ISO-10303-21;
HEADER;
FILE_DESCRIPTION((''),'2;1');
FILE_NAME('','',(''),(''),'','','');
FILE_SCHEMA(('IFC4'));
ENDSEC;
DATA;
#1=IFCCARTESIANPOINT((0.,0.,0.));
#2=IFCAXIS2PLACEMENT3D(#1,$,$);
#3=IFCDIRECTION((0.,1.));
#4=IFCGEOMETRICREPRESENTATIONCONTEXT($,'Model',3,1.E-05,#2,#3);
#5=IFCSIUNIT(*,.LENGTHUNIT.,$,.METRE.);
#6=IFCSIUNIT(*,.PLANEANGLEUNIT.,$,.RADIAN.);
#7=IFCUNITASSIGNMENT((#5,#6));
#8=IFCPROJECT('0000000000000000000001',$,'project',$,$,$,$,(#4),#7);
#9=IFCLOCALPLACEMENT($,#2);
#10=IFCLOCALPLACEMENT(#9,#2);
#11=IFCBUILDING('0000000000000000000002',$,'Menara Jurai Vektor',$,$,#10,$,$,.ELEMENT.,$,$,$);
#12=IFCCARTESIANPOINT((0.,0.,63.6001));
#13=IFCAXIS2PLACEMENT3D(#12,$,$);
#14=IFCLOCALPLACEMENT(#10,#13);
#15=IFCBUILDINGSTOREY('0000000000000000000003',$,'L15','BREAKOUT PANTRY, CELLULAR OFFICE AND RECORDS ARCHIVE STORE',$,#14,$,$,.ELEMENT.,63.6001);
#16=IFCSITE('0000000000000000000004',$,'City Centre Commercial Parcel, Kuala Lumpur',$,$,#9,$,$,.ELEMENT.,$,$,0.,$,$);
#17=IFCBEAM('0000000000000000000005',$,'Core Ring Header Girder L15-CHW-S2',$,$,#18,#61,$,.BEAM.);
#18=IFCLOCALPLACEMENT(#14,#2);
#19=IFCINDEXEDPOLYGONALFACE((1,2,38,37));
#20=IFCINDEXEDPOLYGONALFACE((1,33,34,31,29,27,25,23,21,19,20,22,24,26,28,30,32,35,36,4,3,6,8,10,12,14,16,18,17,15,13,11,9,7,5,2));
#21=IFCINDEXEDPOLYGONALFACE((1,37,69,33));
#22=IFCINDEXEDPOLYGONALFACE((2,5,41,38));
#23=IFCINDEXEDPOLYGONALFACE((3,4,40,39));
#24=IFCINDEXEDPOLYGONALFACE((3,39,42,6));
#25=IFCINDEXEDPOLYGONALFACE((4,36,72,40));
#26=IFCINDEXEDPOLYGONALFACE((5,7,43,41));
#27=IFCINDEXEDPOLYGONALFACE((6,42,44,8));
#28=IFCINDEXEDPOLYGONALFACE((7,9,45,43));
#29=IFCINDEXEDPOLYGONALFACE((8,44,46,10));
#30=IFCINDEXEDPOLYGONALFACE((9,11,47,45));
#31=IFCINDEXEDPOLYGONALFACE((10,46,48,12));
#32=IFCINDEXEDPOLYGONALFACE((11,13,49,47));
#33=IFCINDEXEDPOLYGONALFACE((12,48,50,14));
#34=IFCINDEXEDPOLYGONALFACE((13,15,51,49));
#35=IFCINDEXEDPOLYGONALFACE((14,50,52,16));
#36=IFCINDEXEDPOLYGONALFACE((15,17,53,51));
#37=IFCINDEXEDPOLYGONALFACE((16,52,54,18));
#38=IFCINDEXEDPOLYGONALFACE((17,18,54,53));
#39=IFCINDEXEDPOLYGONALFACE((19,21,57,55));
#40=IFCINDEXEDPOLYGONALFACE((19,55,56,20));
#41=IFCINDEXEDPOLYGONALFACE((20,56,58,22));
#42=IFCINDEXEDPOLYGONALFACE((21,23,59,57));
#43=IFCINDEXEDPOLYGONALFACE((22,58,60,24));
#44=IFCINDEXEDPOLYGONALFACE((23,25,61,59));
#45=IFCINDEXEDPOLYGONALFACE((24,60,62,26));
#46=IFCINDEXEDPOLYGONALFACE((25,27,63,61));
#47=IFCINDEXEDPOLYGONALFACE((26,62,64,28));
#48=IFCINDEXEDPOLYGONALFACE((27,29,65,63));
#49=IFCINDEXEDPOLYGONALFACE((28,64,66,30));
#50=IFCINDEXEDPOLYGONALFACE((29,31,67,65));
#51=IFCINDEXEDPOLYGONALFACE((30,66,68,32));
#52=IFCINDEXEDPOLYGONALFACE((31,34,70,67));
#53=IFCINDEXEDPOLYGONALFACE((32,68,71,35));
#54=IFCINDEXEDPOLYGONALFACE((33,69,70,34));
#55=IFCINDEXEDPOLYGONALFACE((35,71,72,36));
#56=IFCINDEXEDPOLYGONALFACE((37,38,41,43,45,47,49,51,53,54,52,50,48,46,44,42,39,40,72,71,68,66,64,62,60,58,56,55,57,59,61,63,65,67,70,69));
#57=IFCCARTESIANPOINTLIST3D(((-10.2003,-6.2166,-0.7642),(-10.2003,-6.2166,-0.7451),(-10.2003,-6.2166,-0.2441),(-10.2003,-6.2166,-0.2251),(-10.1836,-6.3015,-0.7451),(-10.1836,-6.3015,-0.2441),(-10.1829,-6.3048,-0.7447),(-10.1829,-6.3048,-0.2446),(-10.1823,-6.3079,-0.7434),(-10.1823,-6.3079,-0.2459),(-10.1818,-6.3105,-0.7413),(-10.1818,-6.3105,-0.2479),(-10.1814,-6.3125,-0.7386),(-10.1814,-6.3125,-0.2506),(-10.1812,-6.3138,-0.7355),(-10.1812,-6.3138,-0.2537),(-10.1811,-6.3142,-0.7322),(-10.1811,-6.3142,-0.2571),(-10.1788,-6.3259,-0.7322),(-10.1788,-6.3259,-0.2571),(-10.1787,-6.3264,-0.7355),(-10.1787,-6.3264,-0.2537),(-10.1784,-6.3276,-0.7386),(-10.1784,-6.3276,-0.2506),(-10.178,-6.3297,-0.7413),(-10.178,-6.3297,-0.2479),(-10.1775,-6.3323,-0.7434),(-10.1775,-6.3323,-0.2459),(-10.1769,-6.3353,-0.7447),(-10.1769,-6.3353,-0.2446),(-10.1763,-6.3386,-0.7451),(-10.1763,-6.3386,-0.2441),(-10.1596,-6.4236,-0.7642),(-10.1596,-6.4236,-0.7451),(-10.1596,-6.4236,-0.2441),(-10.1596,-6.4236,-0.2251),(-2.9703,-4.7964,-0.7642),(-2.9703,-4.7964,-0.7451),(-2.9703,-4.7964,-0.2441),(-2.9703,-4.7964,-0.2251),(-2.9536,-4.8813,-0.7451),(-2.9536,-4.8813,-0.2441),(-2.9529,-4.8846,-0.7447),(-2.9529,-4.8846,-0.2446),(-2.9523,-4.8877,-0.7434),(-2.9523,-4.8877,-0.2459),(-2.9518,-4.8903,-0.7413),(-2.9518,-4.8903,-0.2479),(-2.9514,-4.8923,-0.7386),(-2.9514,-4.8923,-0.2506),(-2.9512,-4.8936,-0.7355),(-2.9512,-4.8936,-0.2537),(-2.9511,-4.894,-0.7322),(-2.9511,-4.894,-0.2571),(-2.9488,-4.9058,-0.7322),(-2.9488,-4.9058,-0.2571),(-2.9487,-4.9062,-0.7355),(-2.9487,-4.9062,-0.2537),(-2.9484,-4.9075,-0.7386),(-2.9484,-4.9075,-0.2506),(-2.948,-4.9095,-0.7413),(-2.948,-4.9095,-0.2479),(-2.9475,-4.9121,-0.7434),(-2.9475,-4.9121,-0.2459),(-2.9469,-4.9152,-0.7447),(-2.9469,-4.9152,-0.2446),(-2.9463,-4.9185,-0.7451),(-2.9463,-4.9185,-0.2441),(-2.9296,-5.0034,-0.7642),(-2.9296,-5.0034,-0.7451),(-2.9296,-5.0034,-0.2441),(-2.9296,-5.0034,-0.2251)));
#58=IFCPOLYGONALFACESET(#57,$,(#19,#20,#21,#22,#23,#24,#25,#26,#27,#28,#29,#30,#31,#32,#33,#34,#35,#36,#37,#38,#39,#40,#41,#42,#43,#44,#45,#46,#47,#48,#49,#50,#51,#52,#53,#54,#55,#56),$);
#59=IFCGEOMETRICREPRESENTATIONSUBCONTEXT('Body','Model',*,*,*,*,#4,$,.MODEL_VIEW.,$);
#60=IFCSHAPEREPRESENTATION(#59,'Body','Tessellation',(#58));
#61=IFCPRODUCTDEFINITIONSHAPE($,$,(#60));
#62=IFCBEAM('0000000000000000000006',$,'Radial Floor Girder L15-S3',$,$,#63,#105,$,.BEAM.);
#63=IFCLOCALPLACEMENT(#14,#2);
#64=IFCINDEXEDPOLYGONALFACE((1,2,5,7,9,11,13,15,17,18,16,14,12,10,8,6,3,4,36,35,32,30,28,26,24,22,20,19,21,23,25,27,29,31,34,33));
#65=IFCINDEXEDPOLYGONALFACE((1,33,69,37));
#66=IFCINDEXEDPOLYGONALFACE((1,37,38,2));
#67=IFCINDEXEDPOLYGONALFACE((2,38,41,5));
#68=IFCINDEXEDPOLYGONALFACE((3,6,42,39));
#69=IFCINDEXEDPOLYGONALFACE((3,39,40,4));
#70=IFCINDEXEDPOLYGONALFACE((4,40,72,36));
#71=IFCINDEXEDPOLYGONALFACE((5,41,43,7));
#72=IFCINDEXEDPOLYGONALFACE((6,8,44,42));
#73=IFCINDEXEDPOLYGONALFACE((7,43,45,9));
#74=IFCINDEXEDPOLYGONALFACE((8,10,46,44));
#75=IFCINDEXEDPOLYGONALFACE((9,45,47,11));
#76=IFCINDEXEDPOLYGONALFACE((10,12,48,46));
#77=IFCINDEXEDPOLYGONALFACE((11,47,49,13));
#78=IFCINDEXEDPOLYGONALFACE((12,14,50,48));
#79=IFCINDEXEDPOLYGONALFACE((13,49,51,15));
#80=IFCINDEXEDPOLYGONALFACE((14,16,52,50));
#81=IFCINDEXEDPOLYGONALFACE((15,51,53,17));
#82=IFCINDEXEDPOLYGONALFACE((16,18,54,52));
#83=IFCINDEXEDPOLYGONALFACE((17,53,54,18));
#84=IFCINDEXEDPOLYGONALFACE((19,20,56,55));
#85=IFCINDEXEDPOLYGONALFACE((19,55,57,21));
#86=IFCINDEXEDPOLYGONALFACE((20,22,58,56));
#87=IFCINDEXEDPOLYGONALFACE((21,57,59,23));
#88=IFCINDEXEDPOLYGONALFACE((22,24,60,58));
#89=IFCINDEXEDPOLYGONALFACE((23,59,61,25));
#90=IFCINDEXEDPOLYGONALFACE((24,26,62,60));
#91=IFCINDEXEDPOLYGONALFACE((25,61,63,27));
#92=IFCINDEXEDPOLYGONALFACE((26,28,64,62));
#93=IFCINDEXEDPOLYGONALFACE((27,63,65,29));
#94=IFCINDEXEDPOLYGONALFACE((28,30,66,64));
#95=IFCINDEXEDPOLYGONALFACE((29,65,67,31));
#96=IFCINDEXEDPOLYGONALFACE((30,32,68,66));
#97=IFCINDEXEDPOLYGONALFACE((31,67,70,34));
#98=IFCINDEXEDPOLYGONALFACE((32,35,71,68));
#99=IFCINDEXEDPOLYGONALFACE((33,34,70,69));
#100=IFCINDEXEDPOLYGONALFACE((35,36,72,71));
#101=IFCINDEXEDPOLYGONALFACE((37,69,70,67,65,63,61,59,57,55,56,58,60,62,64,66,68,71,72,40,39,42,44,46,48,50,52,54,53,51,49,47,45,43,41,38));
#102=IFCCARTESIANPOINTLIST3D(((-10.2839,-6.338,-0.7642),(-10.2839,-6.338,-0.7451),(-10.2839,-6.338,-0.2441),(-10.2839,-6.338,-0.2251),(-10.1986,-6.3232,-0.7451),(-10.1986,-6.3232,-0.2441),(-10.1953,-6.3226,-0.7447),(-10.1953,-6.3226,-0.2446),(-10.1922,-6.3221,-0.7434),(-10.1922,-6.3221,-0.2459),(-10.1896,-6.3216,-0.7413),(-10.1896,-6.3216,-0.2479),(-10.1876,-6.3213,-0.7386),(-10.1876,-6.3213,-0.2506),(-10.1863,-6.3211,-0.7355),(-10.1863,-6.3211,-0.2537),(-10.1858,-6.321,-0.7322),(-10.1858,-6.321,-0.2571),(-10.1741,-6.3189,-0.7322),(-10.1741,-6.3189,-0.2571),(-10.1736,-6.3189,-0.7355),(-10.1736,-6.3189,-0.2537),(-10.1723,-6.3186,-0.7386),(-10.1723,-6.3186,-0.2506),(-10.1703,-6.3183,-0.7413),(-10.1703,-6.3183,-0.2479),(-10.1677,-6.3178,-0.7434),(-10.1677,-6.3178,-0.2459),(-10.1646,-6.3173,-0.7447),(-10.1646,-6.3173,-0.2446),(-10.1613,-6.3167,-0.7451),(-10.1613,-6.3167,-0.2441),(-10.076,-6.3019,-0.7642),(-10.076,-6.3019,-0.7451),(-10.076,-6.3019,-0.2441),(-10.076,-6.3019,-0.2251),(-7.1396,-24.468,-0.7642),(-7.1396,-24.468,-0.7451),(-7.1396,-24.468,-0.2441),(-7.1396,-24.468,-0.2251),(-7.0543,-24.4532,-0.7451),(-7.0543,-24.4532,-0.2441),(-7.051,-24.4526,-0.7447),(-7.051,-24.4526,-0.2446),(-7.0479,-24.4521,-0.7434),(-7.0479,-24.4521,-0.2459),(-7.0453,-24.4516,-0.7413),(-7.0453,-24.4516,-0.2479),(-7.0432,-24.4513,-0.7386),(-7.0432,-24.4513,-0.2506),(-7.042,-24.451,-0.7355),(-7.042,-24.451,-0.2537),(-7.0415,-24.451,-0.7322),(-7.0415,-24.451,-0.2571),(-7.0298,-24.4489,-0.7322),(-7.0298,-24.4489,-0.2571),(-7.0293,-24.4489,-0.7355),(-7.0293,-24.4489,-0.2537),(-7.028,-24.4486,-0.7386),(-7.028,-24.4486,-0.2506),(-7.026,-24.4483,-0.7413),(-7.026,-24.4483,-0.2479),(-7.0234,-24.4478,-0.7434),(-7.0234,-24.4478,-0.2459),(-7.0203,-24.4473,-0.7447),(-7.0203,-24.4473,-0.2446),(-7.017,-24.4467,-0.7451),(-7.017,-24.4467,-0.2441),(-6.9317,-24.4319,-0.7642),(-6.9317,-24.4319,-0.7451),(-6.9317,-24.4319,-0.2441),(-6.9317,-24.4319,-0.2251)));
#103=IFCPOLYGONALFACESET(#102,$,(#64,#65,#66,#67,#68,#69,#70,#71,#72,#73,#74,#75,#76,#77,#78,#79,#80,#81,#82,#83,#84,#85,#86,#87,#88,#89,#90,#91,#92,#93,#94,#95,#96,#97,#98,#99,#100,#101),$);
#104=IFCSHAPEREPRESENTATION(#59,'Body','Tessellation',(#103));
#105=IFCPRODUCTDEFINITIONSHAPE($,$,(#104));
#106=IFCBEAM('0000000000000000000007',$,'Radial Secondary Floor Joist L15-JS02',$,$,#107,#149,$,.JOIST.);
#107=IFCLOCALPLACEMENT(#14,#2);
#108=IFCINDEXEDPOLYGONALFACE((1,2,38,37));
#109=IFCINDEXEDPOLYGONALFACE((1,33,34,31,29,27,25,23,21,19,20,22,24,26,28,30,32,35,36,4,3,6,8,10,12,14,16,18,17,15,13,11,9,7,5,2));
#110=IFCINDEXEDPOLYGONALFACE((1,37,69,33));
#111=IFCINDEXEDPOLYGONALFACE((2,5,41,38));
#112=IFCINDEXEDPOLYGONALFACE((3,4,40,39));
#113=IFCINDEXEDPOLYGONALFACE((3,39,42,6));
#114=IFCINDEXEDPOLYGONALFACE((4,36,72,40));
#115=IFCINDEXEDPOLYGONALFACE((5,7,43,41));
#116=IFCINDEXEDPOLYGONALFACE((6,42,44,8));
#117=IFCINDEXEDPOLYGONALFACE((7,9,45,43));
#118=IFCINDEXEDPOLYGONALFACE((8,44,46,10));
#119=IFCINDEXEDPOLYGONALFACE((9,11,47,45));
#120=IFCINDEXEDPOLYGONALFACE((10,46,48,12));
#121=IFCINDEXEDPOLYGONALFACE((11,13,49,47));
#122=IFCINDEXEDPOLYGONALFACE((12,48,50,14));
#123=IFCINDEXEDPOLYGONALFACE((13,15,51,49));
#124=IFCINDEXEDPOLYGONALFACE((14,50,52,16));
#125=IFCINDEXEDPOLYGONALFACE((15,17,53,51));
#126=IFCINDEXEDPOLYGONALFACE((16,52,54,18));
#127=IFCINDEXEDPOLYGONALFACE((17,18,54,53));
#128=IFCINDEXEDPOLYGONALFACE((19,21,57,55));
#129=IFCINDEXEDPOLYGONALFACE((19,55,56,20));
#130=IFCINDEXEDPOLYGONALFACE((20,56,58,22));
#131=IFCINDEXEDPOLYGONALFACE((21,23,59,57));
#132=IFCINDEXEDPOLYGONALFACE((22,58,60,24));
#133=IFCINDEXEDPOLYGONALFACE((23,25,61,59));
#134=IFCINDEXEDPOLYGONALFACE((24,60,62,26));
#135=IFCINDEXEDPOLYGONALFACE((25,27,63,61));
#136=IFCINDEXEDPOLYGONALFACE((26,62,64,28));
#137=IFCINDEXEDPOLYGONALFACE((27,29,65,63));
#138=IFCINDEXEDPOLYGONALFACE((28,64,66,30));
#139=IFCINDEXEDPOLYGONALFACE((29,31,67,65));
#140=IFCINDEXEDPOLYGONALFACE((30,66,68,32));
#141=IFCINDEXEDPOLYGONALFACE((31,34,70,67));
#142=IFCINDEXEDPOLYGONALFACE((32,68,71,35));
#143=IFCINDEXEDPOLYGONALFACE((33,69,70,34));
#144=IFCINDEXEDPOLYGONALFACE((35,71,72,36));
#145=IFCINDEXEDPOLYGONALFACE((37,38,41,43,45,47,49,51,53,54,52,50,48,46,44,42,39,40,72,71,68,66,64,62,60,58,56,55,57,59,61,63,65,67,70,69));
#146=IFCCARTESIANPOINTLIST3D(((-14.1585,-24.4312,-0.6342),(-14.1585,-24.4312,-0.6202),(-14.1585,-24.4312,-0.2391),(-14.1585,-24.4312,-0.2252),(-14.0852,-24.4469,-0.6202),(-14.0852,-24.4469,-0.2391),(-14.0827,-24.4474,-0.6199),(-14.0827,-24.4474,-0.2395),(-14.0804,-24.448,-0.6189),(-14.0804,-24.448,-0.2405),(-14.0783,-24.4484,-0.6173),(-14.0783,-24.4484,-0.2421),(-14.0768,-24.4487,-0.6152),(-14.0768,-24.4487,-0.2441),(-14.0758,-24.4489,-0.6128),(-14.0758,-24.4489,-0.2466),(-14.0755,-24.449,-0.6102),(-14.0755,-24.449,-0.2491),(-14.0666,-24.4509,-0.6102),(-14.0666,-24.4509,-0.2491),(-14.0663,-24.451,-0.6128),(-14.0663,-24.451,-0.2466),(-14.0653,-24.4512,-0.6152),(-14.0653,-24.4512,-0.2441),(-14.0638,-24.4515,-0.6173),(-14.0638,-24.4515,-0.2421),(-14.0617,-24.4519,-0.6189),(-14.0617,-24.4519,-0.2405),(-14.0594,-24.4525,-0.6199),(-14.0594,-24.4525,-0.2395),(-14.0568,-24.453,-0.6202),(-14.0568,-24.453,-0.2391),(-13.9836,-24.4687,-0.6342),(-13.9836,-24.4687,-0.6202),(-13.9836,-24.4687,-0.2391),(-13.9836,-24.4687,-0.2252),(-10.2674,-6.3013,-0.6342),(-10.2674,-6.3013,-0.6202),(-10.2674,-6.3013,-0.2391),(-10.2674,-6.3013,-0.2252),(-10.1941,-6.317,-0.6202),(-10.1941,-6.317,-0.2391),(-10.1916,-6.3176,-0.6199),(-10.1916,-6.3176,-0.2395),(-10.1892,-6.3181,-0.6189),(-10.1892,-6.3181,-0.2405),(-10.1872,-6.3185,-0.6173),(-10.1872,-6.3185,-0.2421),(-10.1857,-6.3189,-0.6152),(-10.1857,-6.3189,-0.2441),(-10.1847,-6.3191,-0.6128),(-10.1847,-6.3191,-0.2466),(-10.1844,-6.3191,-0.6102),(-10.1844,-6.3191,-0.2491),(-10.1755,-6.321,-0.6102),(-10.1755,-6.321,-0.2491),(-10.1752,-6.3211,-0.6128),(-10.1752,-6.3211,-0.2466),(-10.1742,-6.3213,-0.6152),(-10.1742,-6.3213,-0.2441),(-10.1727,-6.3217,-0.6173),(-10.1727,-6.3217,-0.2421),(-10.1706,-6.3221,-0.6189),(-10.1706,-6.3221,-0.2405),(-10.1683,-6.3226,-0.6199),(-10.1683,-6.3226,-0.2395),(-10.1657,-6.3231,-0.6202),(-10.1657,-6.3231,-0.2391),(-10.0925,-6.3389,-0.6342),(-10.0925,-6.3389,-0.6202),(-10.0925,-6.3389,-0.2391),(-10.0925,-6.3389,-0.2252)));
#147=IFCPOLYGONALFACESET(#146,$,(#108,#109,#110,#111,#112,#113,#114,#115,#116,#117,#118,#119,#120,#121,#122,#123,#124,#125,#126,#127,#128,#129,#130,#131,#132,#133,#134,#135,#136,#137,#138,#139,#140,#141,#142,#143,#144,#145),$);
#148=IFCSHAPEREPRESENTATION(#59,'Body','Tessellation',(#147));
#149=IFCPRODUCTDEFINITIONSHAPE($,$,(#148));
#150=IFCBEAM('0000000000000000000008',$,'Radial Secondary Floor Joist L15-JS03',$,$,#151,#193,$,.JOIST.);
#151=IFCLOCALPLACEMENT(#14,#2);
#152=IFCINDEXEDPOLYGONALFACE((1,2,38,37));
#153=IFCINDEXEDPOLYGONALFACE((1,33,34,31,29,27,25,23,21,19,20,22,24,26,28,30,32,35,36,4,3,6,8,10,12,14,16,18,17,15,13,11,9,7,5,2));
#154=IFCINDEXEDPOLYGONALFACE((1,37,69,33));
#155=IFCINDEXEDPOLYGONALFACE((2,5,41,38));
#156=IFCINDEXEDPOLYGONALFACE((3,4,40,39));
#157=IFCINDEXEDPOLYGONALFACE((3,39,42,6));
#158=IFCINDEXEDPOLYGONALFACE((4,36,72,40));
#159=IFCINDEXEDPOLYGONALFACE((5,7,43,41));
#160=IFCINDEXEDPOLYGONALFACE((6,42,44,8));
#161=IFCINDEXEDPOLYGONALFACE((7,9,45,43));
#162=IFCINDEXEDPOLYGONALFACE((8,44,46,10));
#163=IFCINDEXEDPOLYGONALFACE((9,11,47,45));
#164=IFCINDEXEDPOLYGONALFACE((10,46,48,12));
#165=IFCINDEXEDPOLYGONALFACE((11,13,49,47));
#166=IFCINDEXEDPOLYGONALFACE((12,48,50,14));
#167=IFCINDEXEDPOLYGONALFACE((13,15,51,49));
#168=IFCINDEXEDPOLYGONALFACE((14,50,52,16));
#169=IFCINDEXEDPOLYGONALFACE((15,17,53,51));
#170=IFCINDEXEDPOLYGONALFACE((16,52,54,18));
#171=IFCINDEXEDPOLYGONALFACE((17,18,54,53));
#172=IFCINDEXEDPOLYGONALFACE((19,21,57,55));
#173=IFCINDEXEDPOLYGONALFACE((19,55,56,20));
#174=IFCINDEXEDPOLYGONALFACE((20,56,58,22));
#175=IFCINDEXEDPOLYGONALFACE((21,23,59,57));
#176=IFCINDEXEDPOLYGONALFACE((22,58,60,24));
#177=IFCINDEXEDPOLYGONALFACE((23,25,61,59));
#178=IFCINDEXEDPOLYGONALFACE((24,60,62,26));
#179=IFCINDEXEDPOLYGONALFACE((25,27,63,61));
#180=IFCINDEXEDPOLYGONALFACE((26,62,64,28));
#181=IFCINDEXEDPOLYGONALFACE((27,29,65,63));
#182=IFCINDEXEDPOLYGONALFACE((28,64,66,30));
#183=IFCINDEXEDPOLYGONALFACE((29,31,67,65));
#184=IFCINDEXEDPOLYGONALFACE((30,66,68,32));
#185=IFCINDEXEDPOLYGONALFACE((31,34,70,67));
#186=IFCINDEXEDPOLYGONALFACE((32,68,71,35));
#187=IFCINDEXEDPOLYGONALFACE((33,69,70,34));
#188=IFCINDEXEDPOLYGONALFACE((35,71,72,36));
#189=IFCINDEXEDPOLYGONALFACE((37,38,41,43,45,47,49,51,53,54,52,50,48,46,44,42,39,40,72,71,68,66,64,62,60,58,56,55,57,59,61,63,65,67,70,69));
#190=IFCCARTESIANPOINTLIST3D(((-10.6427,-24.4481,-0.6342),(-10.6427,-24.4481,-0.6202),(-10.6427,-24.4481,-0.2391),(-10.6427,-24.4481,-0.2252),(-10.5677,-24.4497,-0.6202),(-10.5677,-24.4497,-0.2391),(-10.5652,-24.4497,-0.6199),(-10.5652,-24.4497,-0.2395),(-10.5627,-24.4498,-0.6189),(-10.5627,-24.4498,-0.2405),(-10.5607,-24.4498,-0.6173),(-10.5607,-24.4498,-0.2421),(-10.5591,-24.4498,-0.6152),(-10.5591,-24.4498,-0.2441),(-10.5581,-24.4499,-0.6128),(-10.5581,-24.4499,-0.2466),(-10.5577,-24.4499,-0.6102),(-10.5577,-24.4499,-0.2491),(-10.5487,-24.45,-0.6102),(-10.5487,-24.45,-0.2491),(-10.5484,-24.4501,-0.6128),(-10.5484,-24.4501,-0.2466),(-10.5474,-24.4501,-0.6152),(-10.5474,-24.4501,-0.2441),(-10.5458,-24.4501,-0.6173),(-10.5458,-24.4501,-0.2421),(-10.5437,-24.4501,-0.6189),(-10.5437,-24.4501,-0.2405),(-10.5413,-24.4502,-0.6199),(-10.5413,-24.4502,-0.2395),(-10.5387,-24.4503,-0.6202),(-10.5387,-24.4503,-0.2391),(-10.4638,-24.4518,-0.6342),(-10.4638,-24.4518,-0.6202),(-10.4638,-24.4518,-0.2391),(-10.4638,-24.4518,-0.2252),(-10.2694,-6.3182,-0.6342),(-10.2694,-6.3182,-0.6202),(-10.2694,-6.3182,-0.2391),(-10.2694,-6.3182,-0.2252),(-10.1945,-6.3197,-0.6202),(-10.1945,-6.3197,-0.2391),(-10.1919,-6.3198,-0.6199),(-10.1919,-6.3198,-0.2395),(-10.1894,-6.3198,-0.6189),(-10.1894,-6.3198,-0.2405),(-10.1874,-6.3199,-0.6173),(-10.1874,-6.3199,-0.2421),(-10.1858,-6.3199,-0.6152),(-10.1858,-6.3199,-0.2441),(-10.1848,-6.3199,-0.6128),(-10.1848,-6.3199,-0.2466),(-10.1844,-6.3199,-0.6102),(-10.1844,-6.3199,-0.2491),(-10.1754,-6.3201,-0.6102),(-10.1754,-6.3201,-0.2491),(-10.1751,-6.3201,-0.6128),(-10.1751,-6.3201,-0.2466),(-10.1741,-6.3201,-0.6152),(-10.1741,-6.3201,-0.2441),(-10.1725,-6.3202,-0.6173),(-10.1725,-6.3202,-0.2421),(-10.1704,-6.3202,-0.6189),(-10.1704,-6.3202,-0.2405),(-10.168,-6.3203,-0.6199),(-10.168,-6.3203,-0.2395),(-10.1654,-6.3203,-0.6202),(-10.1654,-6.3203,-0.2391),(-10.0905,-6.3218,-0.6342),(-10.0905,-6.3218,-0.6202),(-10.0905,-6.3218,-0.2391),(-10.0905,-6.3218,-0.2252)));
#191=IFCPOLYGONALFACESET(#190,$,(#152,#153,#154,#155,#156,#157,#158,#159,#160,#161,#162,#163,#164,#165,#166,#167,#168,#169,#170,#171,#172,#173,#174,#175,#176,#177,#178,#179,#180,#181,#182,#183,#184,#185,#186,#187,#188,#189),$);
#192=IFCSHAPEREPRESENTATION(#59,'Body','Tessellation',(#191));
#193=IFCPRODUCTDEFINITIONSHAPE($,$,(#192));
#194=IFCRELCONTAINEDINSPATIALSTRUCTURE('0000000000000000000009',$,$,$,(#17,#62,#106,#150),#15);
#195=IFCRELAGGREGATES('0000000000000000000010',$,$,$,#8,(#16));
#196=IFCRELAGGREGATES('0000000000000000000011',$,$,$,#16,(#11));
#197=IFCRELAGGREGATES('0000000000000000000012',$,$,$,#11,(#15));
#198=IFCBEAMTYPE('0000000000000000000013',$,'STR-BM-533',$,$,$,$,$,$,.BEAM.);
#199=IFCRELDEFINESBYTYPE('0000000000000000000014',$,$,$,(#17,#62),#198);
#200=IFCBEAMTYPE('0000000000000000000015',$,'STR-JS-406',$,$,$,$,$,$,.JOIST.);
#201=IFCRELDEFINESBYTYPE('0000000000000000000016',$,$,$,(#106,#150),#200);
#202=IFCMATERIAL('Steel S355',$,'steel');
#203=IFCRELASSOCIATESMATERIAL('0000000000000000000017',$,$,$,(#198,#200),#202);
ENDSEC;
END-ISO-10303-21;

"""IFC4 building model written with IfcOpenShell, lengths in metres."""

from ifc_helpers import new_model, si_unit, direction, frame, origin, origin_2d, place, context, subcontext, project, spatial, i_section, extrude, material, material_profile, profile_set, type_object, element, save


model = new_model("IFC4")

# Units and contexts
model_context = context("Model", 3, precision=1e-05, world=origin(), true_north=direction((0.0, 1.0)))
body_context = subcontext(model_context, "Body", "Model", "MODEL_VIEW")
ifc_project = project(units=[si_unit("LENGTHUNIT", "METRE"), si_unit("PLANEANGLEUNIT", "RADIAN")], contexts=[model_context])

# Site, building, storey
site_placement = place(None, origin())
site = spatial("IfcSite", under=ifc_project, at=site_placement, Name="City Centre Commercial Parcel, Kuala Lumpur", CompositionType="ELEMENT", RefElevation=0.0)
building_placement = place(site_placement, origin())
building = spatial("IfcBuilding", under=site, at=building_placement, Name="Menara Jurai Vektor", CompositionType="ELEMENT")
storey_placement = place(building_placement, frame((0.0, 0.0, 63.6001)))
storey = spatial("IfcBuildingStorey", under=building, at=storey_placement, Name="L15", Description="BREAKOUT PANTRY, CELLULAR OFFICE AND RECORDS ARCHIVE STORE", CompositionType="ELEMENT", Elevation=63.6001)

# Beams
ifc_material_1 = material(Name="Steel S355", Category="steel")
ifc_material_profile_1 = material_profile(ifc_material_1, i_section(OverallWidth=0.2109, OverallDepth=0.5391, WebThickness=0.012, FlangeThickness=0.019, FilletRadius=0.0129, at=origin_2d()), Name="UKB 533x210x109")
ifc_profile_set_1 = profile_set([ifc_material_profile_1], Name="Steel S355")
beam_type_1 = type_object("IfcBeamType", Name="STR-BM-533", PredefinedType="BEAM", material=ifc_profile_set_1)
beam_1_placement = place(storey_placement, frame((-10.1799, -6.3201, -0.4946), z_axis=(0.981249, 0.192744, 0.0), x_axis=(-0.192744, 0.981249, 0.0)))
element("IfcBeam", 1, at=beam_1_placement, inside=storey, type_object=beam_type_1, Name="Core Ring Header Girder L15-CHW-S2", PredefinedType="BEAM", context=body_context, shape_type="SweptSolid", body=[
    extrude(i_section(OverallWidth=0.2109, OverallDepth=0.5391, WebThickness=0.012, FlangeThickness=0.019, FilletRadius=0.0129, at=origin_2d()), origin(), (0.0, 0.0, 1.0), 7.3682),
])
beam_2_placement = place(storey_placement, frame((-7.0356, -24.45, -0.4946), z_axis=(-0.17088, 0.985292, 0.0), x_axis=(-0.985292, -0.17088, 0.0)))
element("IfcBeam", 2, at=beam_2_placement, inside=storey, type_object=beam_type_1, Name="Radial Floor Girder L15-S3", PredefinedType="BEAM", context=body_context, shape_type="SweptSolid", body=[
    extrude(i_section(OverallWidth=0.2109, OverallDepth=0.5391, WebThickness=0.012, FlangeThickness=0.019, FilletRadius=0.0129, at=origin_2d()), origin(), (0.0, 0.0, 1.0), 18.4006),
])
ifc_material_profile_2 = material_profile(ifc_material_1, i_section(OverallWidth=0.179, OverallDepth=0.4089, WebThickness=0.009, FlangeThickness=0.0139, FilletRadius=0.01, at=origin_2d()), Name="UKB 406x178x67")
ifc_profile_set_2 = profile_set([ifc_material_profile_2], Name="Steel S355")
beam_type_2 = type_object("IfcBeamType", Name="STR-JS-406", PredefinedType="JOIST", material=ifc_profile_set_2)
beam_3_placement = place(storey_placement, frame((-14.071, -24.45, -0.4297), z_axis=(0.209846, 0.977735, 0.0), x_axis=(-0.977735, 0.209846, 0.0)))
element("IfcBeam", 3, at=beam_3_placement, inside=storey, type_object=beam_type_2, Name="Radial Secondary Floor Joist L15-JS02", PredefinedType="JOIST", context=body_context, shape_type="SweptSolid", body=[
    extrude(i_section(OverallWidth=0.179, OverallDepth=0.4089, WebThickness=0.009, FlangeThickness=0.0139, FilletRadius=0.01, at=origin_2d()), origin(), (0.0, 0.0, 1.0), 18.5427),
])
beam_4_placement = place(storey_placement, frame((-10.5532, -24.45, -0.4297), z_axis=(0.020585, 0.999788, 0.0), x_axis=(-0.999788, 0.020585, 0.0)))
element("IfcBeam", 4, at=beam_4_placement, inside=storey, type_object=beam_type_2, Name="Radial Secondary Floor Joist L15-JS03", PredefinedType="JOIST", context=body_context, shape_type="SweptSolid", body=[
    extrude(i_section(OverallWidth=0.179, OverallDepth=0.4089, WebThickness=0.009, FlangeThickness=0.0139, FilletRadius=0.01, at=origin_2d()), origin(), (0.0, 0.0, 1.0), 18.1338),
])

save(model, "model.ifc")
